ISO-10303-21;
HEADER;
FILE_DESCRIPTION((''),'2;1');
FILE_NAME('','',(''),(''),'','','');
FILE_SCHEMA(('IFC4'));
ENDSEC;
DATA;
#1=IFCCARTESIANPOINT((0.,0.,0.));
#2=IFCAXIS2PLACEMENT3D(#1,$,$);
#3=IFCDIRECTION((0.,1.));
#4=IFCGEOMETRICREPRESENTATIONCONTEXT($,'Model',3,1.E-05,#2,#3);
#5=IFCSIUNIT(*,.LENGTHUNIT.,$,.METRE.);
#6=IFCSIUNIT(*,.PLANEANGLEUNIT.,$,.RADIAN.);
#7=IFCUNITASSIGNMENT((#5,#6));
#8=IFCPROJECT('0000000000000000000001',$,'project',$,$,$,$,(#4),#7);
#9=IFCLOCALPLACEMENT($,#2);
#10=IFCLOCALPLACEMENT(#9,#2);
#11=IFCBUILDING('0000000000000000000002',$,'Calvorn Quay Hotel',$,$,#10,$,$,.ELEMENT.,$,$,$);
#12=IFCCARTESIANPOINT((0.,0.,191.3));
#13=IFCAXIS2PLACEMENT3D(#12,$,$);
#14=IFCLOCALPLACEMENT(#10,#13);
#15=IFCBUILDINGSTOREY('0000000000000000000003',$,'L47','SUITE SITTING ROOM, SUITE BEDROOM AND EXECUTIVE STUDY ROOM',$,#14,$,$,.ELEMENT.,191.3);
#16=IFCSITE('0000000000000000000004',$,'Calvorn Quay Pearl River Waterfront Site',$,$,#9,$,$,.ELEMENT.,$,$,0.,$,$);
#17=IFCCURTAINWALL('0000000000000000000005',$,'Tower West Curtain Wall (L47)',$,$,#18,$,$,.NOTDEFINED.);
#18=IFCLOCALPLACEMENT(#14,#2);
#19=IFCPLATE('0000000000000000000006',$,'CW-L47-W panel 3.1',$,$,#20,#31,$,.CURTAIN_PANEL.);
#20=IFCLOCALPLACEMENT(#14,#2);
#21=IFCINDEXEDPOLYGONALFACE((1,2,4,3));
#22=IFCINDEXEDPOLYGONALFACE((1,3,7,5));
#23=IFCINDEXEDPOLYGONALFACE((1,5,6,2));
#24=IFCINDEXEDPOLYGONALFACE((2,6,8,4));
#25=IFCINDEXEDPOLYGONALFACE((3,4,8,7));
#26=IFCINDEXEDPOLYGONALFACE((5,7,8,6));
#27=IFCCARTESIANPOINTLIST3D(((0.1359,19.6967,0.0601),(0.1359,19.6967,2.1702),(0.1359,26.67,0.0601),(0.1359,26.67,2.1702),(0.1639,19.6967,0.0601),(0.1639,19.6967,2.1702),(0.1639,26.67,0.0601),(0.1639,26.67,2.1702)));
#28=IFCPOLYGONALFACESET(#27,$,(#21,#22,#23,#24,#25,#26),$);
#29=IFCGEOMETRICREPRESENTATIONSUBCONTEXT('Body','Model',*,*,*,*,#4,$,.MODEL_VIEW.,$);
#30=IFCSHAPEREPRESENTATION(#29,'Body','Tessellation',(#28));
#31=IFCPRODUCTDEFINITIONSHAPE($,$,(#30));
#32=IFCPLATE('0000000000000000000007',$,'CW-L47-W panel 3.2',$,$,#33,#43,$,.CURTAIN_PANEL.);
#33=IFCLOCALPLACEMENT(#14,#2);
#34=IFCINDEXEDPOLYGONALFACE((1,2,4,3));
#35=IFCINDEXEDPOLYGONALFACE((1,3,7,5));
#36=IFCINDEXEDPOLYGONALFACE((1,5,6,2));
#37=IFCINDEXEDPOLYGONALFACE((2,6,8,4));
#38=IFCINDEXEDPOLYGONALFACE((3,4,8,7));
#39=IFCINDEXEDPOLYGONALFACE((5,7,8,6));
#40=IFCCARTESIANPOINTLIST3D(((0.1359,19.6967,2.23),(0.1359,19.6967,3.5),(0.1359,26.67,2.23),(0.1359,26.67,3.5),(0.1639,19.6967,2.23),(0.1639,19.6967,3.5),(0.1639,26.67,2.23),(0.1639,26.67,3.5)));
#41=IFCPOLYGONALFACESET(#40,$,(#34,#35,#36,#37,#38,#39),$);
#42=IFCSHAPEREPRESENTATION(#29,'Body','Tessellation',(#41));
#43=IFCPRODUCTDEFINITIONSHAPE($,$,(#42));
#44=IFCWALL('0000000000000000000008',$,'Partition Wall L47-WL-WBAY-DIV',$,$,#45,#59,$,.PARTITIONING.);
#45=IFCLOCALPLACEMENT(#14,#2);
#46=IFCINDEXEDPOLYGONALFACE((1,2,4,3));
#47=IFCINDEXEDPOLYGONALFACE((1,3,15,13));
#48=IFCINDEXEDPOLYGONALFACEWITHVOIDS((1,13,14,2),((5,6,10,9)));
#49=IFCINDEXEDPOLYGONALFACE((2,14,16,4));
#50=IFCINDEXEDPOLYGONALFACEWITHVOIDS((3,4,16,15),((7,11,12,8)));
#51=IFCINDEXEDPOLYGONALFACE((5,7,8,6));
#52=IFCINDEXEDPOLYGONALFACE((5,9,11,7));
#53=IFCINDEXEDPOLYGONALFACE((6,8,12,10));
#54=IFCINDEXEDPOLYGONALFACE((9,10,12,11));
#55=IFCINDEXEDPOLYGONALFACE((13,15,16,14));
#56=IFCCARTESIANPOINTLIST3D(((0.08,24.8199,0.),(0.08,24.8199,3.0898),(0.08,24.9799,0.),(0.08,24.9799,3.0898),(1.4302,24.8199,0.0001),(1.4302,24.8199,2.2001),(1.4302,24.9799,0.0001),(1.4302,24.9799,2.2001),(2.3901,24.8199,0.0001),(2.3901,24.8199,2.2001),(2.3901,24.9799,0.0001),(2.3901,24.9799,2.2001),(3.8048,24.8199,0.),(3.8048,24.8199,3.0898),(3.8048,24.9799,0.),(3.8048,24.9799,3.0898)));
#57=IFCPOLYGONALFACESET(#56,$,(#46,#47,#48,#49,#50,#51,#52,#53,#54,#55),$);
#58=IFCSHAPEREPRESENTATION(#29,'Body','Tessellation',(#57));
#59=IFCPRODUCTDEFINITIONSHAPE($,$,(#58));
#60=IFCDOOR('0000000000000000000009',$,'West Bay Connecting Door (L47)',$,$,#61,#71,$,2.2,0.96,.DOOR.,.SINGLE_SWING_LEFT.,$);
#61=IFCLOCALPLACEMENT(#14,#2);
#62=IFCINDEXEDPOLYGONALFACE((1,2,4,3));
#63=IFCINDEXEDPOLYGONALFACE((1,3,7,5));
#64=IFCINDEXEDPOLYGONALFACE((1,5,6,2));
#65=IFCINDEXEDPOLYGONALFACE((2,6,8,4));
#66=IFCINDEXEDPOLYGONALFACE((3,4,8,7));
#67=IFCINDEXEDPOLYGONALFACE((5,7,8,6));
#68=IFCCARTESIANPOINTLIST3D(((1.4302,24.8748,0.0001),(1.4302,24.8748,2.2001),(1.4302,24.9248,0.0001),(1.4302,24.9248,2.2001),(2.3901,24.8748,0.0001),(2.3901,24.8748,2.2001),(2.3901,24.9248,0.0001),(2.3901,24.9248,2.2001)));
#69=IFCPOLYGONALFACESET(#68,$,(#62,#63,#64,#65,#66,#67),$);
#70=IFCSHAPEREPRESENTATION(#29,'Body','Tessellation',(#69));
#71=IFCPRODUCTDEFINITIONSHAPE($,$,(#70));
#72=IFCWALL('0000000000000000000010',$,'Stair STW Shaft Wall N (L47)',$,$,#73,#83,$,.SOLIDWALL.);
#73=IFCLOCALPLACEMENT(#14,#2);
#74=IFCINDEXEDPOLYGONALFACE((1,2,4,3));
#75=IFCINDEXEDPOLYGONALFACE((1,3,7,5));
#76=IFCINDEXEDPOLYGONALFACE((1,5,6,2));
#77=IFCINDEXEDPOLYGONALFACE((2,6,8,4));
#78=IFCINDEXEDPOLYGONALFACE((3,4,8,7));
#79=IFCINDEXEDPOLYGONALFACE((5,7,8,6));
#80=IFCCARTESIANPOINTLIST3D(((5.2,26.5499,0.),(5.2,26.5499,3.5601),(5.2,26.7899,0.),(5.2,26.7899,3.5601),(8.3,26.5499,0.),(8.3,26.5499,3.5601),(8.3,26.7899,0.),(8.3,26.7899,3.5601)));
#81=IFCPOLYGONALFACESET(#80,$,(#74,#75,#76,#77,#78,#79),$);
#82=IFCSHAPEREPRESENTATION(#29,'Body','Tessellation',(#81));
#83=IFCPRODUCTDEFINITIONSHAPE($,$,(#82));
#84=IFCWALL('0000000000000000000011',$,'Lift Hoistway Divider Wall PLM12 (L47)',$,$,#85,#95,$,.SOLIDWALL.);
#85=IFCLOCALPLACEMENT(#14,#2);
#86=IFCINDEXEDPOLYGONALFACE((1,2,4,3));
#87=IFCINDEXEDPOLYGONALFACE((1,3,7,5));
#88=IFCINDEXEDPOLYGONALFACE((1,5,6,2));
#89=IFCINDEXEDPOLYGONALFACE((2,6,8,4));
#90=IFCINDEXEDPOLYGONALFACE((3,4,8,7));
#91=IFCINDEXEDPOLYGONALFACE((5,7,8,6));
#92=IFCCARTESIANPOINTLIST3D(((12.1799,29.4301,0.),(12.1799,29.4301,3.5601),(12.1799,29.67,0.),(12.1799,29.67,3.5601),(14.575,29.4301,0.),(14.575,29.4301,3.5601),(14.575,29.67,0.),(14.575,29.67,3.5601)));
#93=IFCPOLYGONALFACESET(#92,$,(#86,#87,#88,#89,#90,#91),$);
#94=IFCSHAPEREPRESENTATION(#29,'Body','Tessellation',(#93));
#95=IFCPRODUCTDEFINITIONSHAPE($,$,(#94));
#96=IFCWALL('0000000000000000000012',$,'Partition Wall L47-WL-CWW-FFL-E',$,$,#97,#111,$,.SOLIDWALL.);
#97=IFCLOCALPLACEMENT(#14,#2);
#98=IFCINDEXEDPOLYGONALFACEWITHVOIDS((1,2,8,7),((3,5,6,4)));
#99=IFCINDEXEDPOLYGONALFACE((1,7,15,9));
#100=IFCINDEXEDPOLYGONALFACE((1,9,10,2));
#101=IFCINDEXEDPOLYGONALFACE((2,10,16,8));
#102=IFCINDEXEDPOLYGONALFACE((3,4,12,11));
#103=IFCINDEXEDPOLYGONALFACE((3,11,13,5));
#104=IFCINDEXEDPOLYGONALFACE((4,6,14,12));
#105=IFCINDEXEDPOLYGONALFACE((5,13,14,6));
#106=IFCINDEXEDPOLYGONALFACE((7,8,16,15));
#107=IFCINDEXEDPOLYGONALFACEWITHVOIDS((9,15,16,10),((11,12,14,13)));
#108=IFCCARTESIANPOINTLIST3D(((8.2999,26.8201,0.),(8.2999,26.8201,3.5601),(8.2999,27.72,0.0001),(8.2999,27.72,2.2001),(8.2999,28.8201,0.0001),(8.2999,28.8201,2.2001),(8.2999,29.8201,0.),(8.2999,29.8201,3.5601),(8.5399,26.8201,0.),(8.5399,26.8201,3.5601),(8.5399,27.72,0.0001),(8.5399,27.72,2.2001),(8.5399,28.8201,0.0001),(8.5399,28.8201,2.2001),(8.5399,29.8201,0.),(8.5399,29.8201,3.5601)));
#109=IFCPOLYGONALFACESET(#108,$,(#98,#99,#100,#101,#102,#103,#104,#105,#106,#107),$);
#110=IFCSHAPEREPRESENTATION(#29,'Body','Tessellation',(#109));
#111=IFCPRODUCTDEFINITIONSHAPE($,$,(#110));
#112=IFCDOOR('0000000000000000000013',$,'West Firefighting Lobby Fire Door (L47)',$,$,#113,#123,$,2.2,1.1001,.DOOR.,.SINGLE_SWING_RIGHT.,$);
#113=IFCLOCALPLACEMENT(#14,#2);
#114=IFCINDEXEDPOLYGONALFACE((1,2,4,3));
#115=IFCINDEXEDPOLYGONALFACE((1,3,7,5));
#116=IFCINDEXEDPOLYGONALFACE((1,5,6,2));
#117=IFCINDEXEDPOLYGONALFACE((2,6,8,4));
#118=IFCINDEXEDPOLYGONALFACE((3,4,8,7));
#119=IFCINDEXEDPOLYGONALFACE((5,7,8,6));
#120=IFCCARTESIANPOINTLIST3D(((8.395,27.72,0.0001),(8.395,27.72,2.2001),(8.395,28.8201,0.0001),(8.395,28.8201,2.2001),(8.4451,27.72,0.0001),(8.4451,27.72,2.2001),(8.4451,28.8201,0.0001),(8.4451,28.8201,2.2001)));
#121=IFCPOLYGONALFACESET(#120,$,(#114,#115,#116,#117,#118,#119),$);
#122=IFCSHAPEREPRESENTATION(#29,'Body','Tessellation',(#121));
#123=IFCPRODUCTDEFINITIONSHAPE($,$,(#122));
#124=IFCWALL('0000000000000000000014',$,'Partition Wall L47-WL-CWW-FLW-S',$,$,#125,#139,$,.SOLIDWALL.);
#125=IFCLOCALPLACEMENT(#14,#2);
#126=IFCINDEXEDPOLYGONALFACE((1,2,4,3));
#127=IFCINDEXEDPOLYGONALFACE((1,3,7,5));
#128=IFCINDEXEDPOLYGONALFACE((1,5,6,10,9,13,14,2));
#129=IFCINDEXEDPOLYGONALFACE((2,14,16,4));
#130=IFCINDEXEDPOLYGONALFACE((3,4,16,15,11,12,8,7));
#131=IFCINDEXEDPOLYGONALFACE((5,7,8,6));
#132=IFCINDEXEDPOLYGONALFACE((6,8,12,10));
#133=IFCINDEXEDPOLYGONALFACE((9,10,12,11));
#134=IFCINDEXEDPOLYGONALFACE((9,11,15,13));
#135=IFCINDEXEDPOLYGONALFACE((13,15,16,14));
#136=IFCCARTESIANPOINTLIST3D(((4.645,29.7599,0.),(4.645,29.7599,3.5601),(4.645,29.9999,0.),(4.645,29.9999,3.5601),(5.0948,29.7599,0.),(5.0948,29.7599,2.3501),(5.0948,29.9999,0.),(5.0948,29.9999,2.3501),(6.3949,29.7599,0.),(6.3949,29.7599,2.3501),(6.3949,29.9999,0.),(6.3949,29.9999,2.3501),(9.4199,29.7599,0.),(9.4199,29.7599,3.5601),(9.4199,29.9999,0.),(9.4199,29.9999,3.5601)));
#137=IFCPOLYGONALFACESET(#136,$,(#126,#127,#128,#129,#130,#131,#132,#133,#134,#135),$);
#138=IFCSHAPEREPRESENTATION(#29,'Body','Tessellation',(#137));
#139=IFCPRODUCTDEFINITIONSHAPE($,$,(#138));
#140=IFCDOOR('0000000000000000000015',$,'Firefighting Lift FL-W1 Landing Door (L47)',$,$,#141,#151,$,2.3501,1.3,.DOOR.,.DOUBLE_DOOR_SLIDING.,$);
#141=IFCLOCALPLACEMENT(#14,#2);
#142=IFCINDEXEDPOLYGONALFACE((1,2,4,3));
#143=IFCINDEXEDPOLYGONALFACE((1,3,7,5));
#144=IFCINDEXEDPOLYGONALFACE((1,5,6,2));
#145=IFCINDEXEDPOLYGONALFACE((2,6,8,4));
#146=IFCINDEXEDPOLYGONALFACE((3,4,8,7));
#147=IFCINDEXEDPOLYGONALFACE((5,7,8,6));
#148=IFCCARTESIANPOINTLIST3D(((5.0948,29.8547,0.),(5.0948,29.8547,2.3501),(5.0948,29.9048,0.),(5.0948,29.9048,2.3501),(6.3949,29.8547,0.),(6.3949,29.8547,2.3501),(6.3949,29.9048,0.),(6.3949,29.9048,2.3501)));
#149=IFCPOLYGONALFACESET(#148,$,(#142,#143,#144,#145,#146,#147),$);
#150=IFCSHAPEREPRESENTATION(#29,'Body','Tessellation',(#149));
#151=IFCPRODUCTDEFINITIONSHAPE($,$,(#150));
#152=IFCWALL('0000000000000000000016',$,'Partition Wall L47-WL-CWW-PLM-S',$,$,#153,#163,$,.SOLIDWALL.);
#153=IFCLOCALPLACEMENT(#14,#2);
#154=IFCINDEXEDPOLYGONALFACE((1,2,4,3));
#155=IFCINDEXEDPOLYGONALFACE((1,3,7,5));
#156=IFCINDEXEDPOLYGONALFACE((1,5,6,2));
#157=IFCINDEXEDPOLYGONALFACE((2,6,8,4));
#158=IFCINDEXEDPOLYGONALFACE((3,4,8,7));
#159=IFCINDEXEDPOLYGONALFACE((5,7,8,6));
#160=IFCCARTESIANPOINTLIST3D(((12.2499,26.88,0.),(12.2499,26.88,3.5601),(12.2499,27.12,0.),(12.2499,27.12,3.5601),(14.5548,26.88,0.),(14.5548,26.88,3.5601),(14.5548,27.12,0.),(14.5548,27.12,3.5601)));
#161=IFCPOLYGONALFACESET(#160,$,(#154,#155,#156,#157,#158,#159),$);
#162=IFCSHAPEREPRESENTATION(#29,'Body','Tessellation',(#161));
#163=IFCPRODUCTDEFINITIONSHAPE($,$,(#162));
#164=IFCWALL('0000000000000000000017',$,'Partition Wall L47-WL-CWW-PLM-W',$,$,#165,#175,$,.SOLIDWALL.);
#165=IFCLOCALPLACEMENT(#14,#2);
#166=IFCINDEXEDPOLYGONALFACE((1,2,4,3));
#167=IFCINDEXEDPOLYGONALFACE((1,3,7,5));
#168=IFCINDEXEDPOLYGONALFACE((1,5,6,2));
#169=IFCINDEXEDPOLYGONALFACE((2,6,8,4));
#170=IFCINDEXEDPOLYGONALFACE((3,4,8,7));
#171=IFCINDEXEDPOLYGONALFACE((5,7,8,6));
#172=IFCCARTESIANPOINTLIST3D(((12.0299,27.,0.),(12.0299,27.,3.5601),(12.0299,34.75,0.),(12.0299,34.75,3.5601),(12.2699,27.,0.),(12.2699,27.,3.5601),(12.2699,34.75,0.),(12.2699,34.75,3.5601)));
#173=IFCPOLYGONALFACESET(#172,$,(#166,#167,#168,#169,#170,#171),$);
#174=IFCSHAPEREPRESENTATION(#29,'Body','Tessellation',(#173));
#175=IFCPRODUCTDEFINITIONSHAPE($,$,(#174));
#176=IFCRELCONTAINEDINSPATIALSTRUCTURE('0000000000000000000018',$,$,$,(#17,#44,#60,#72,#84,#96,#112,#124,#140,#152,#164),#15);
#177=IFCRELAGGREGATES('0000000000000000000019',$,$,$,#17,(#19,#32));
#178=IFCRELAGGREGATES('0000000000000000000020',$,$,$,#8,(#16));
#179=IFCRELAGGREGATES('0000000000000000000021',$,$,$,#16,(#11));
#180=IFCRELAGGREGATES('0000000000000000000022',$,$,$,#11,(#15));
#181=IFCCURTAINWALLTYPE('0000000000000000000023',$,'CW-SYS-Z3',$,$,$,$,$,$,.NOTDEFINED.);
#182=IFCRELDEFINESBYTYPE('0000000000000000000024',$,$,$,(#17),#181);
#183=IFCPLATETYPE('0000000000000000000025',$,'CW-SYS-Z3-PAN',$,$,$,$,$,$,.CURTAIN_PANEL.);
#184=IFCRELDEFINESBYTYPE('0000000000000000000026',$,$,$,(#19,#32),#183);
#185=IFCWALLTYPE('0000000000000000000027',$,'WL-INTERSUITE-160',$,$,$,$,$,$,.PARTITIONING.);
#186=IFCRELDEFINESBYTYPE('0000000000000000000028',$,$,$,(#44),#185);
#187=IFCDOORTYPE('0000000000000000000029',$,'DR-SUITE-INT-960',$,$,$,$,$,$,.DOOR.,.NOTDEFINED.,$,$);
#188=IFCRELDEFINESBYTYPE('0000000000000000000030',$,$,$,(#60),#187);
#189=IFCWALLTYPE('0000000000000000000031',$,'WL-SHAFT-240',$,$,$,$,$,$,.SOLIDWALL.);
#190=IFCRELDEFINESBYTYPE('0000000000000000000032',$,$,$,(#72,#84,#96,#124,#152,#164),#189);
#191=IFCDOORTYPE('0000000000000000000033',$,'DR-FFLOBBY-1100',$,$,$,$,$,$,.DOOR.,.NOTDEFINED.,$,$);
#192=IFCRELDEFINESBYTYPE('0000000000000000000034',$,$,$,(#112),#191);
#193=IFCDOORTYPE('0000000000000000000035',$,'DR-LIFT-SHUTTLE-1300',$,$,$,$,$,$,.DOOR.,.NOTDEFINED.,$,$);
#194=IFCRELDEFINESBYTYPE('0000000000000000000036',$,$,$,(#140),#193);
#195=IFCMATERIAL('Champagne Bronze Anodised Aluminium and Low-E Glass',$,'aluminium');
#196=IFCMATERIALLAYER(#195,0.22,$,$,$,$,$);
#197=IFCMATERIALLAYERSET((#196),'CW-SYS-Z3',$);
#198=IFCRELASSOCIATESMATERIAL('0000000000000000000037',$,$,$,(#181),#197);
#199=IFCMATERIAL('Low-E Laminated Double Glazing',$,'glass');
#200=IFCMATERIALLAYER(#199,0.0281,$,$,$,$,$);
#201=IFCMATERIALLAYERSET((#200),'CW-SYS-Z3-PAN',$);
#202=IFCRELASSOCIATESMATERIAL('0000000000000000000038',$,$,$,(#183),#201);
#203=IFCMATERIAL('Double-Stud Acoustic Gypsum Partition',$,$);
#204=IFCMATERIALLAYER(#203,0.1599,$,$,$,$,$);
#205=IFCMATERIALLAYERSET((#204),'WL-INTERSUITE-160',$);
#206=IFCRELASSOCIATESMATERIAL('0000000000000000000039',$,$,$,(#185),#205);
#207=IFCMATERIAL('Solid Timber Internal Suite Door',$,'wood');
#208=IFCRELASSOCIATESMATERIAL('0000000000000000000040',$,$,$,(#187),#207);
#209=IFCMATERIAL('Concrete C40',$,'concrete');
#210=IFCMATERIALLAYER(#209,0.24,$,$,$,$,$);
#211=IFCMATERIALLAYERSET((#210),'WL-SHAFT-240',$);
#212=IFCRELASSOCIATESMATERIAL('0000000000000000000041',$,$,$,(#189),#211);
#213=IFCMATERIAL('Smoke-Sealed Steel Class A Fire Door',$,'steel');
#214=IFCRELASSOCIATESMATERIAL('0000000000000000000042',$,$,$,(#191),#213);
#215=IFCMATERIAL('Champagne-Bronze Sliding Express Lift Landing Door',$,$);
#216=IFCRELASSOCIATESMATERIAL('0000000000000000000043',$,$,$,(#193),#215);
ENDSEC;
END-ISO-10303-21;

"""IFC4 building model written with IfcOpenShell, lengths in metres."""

from ifc_helpers import new_model, si_unit, direction, frame, frame_2d, origin, origin_2d, place, context, subcontext, project, spatial, rectangle, extrude, material, layer, layer_set, type_object, element, fill, aggregate, save


model = new_model("IFC4")

# Units and contexts
model_context = context("Model", 3, precision=1e-05, world=origin(), true_north=direction((0.0, 1.0)))
body_context = subcontext(model_context, "Body", "Model", "MODEL_VIEW")
ifc_project = project(units=[si_unit("LENGTHUNIT", "METRE"), si_unit("PLANEANGLEUNIT", "RADIAN")], contexts=[model_context])

# Site, building, storey
site_placement = place(None, origin())
site = spatial("IfcSite", under=ifc_project, at=site_placement, Name="Calvorn Quay Pearl River Waterfront Site", CompositionType="ELEMENT", RefElevation=0.0)
building_placement = place(site_placement, origin())
building = spatial("IfcBuilding", under=site, at=building_placement, Name="Calvorn Quay Hotel", CompositionType="ELEMENT")
storey_placement = place(building_placement, frame((0.0, 0.0, 191.3)))
storey = spatial("IfcBuildingStorey", under=building, at=storey_placement, Name="L47", Description="SUITE SITTING ROOM, SUITE BEDROOM AND EXECUTIVE STUDY ROOM", CompositionType="ELEMENT", Elevation=191.3)

# Curtain wall, plates
ifc_material_1 = material(Name="Champagne Bronze Anodised Aluminium and Low-E Glass", Category="aluminium")
ifc_layer_1 = layer(ifc_material_1, 0.22)
ifc_layer_set_1 = layer_set([ifc_layer_1], Name="CW-SYS-Z3")
curtain_wall_type = type_object("IfcCurtainWallType", Name="CW-SYS-Z3", PredefinedType="NOTDEFINED", material=ifc_layer_set_1)
curtain_wall_placement = place(storey_placement, origin())
curtain_wall = element("IfcCurtainWall", 1, at=curtain_wall_placement, inside=storey, type_object=curtain_wall_type, Name="Tower West Curtain Wall (L47)", PredefinedType="NOTDEFINED")
ifc_material_2 = material(Name="Low-E Laminated Double Glazing", Category="glass")
ifc_layer_2 = layer(ifc_material_2, 0.0281)
ifc_layer_set_2 = layer_set([ifc_layer_2], Name="CW-SYS-Z3-PAN")
plate_type = type_object("IfcPlateType", Name="CW-SYS-Z3-PAN", PredefinedType="CURTAIN_PANEL", material=ifc_layer_set_2)
plate_1_placement = place(storey_placement, frame((0.1499, 23.1833, 0.0601), z_axis=(0.0, 0.0, 1.0), x_axis=(0.0, 1.0, 0.0)))
plate_1 = element("IfcPlate", 2, at=plate_1_placement, type_object=plate_type, Name="CW-L47-W panel 3.1", PredefinedType="CURTAIN_PANEL", context=body_context, shape_type="SweptSolid", body=[
    extrude(rectangle(XDim=6.9734, YDim=0.0281, at=origin_2d()), origin(), (0.0, 0.0, 1.0), 2.1101),
])
plate_2_placement = place(storey_placement, frame((0.1499, 23.1833, 2.23), z_axis=(0.0, 0.0, 1.0), x_axis=(0.0, 1.0, 0.0)))
plate_2 = element("IfcPlate", 3, at=plate_2_placement, type_object=plate_type, Name="CW-L47-W panel 3.2", PredefinedType="CURTAIN_PANEL", context=body_context, shape_type="SweptSolid", body=[
    extrude(rectangle(XDim=6.9734, YDim=0.0281, at=origin_2d()), origin(), (0.0, 0.0, 1.0), 1.27),
])
aggregate(curtain_wall, [plate_1, plate_2])

# Wall, opening, door
ifc_material_3 = material(Name="Double-Stud Acoustic Gypsum Partition")
ifc_layer_3 = layer(ifc_material_3, 0.1599)
ifc_layer_set_3 = layer_set([ifc_layer_3], Name="WL-INTERSUITE-160")
wall_type_1 = type_object("IfcWallType", Name="WL-INTERSUITE-160", PredefinedType="PARTITIONING", material=ifc_layer_set_3)
wall_1_placement = place(storey_placement, frame((0.0801, 24.8999, 0.0), z_axis=(0.0, 0.0, 1.0), x_axis=(1.0, 0.0, 0.0)))
wall_1 = element("IfcWall", 4, at=wall_1_placement, inside=storey, type_object=wall_type_1, Name="Partition Wall L47-WL-WBAY-DIV", PredefinedType="PARTITIONING", context=body_context, shape_type="SweptSolid", body=[
    extrude(rectangle(XDim=3.7249, YDim=0.1599, at=frame_2d((1.8623, 0.0))), origin(), (0.0, 0.0, 1.0), 3.0898),
])
opening_1_placement = place(wall_1_placement, frame((1.3501, 0.0, 0.0)))
opening_1 = element("IfcOpeningElement", 5, at=opening_1_placement, cuts=wall_1, PredefinedType="OPENING", context=body_context, shape_type="SweptSolid", body=[
    extrude(rectangle(XDim=0.96, YDim=2.2, at=frame_2d((0.48, 1.1001))), frame((0.0, 0.0898, 0.0), z_axis=(0.0, -1.0, 0.0), x_axis=(1.0, 0.0, 0.0)), (0.0, 0.0, 1.0), 0.1799),
])
ifc_material_4 = material(Name="Solid Timber Internal Suite Door", Category="wood")
door_type_1 = type_object("IfcDoorType", Name="DR-SUITE-INT-960", OperationType="NOTDEFINED", PredefinedType="DOOR", material=ifc_material_4)
door_1_placement = place(opening_1_placement, origin())
door_1 = element("IfcDoor", 6, at=door_1_placement, inside=storey, type_object=door_type_1, Name="West Bay Connecting Door (L47)", OperationType="SINGLE_SWING_LEFT", OverallHeight=2.2, OverallWidth=0.96, PredefinedType="DOOR", context=body_context, shape_type="SweptSolid", body=[
    extrude(rectangle(XDim=0.96, YDim=2.2, at=frame_2d((0.48, 1.1001))), frame((0.0, 0.0249, 0.0), z_axis=(0.0, -1.0, 0.0), x_axis=(1.0, 0.0, 0.0)), (0.0, 0.0, 1.0), 0.05),
])
fill(opening_1, door_1)

# Walls
ifc_material_5 = material(Name="Concrete C40", Category="concrete")
ifc_layer_4 = layer(ifc_material_5, 0.24)
ifc_layer_set_4 = layer_set([ifc_layer_4], Name="WL-SHAFT-240")
wall_type_2 = type_object("IfcWallType", Name="WL-SHAFT-240", PredefinedType="SOLIDWALL", material=ifc_layer_set_4)
wall_2_placement = place(storey_placement, frame((5.2, 26.6699, 0.0), z_axis=(0.0, 0.0, 1.0), x_axis=(1.0, 0.0, 0.0)))
element("IfcWall", 7, at=wall_2_placement, inside=storey, type_object=wall_type_2, Name="Stair STW Shaft Wall N (L47)", PredefinedType="SOLIDWALL", context=body_context, shape_type="SweptSolid", body=[
    extrude(rectangle(XDim=3.1001, YDim=0.24, at=frame_2d((1.55, 0.0))), origin(), (0.0, 0.0, 1.0), 3.5601),
])
wall_3_placement = place(storey_placement, frame((12.1799, 29.55, 0.0), z_axis=(0.0, 0.0, 1.0), x_axis=(1.0, 0.0, 0.0)))
element("IfcWall", 8, at=wall_3_placement, inside=storey, type_object=wall_type_2, Name="Lift Hoistway Divider Wall PLM12 (L47)", PredefinedType="SOLIDWALL", context=body_context, shape_type="SweptSolid", body=[
    extrude(rectangle(XDim=2.395, YDim=0.24, at=frame_2d((1.1975, 0.0))), origin(), (0.0, 0.0, 1.0), 3.5601),
])

# Walls, openings, doors
wall_4_placement = place(storey_placement, frame((8.4199, 26.8201, 0.0), z_axis=(0.0, 0.0, 1.0), x_axis=(0.0, 1.0, 0.0)))
wall_4 = element("IfcWall", 9, at=wall_4_placement, inside=storey, type_object=wall_type_2, Name="Partition Wall L47-WL-CWW-FFL-E", PredefinedType="SOLIDWALL", context=body_context, shape_type="SweptSolid", body=[
    extrude(rectangle(XDim=3.0, YDim=0.24, at=frame_2d((1.5, 0.0))), origin(), (0.0, 0.0, 1.0), 3.5601),
])
opening_2_placement = place(wall_4_placement, frame((0.8999, 0.0, 0.0)))
opening_2 = element("IfcOpeningElement", 10, at=opening_2_placement, cuts=wall_4, PredefinedType="OPENING", context=body_context, shape_type="SweptSolid", body=[
    extrude(rectangle(XDim=1.1001, YDim=2.2, at=frame_2d((0.55, 1.1001))), frame((0.0, 0.1299, 0.0), z_axis=(0.0, -1.0, 0.0), x_axis=(1.0, 0.0, 0.0)), (0.0, 0.0, 1.0), 0.26),
])
ifc_material_6 = material(Name="Smoke-Sealed Steel Class A Fire Door", Category="steel")
door_type_2 = type_object("IfcDoorType", Name="DR-FFLOBBY-1100", OperationType="NOTDEFINED", PredefinedType="DOOR", material=ifc_material_6)
door_2_placement = place(opening_2_placement, origin())
door_2 = element("IfcDoor", 11, at=door_2_placement, inside=storey, type_object=door_type_2, Name="West Firefighting Lobby Fire Door (L47)", OperationType="SINGLE_SWING_RIGHT", OverallHeight=2.2, OverallWidth=1.1001, PredefinedType="DOOR", context=body_context, shape_type="SweptSolid", body=[
    extrude(rectangle(XDim=1.1001, YDim=2.2, at=frame_2d((0.55, 1.1001))), frame((0.0, 0.0249, 0.0), z_axis=(0.0, -1.0, 0.0), x_axis=(1.0, 0.0, 0.0)), (0.0, 0.0, 1.0), 0.05),
])
fill(opening_2, door_2)
wall_5_placement = place(storey_placement, frame((4.645, 29.8799, 0.0), z_axis=(0.0, 0.0, 1.0), x_axis=(1.0, 0.0, 0.0)))
wall_5 = element("IfcWall", 12, at=wall_5_placement, inside=storey, type_object=wall_type_2, Name="Partition Wall L47-WL-CWW-FLW-S", PredefinedType="SOLIDWALL", context=body_context, shape_type="SweptSolid", body=[
    extrude(rectangle(XDim=4.7749, YDim=0.24, at=frame_2d((2.3875, 0.0))), origin(), (0.0, 0.0, 1.0), 3.5601),
])
opening_3_placement = place(wall_5_placement, frame((0.45, 0.0, 0.0)))
opening_3 = element("IfcOpeningElement", 13, at=opening_3_placement, cuts=wall_5, PredefinedType="OPENING", context=body_context, shape_type="SweptSolid", body=[
    extrude(rectangle(XDim=1.3, YDim=2.3501, at=frame_2d((0.6499, 1.175))), frame((0.0, 0.1299, 0.0), z_axis=(0.0, -1.0, 0.0), x_axis=(1.0, 0.0, 0.0)), (0.0, 0.0, 1.0), 0.26),
])
ifc_material_7 = material(Name="Champagne-Bronze Sliding Express Lift Landing Door")
door_type_3 = type_object("IfcDoorType", Name="DR-LIFT-SHUTTLE-1300", OperationType="NOTDEFINED", PredefinedType="DOOR", material=ifc_material_7)
door_3_placement = place(opening_3_placement, origin())
door_3 = element("IfcDoor", 14, at=door_3_placement, inside=storey, type_object=door_type_3, Name="Firefighting Lift FL-W1 Landing Door (L47)", OperationType="DOUBLE_DOOR_SLIDING", OverallHeight=2.3501, OverallWidth=1.3, PredefinedType="DOOR", context=body_context, shape_type="SweptSolid", body=[
    extrude(rectangle(XDim=1.3, YDim=2.3501, at=frame_2d((0.6499, 1.175))), frame((0.0, 0.0249, 0.0), z_axis=(0.0, -1.0, 0.0), x_axis=(1.0, 0.0, 0.0)), (0.0, 0.0, 1.0), 0.05),
])
fill(opening_3, door_3)

# Walls
wall_6_placement = place(storey_placement, frame((12.25, 27.0, 0.0), z_axis=(0.0, 0.0, 1.0), x_axis=(1.0, 0.0, 0.0)))
element("IfcWall", 15, at=wall_6_placement, inside=storey, type_object=wall_type_2, Name="Partition Wall L47-WL-CWW-PLM-S", PredefinedType="SOLIDWALL", context=body_context, shape_type="SweptSolid", body=[
    extrude(rectangle(XDim=2.3049, YDim=0.24, at=frame_2d((1.1523, 0.0))), origin(), (0.0, 0.0, 1.0), 3.5601),
])
wall_7_placement = place(storey_placement, frame((12.1499, 27.0, 0.0), z_axis=(0.0, 0.0, 1.0), x_axis=(0.0, 1.0, 0.0)))
element("IfcWall", 16, at=wall_7_placement, inside=storey, type_object=wall_type_2, Name="Partition Wall L47-WL-CWW-PLM-W", PredefinedType="SOLIDWALL", context=body_context, shape_type="SweptSolid", body=[
    extrude(rectangle(XDim=7.75, YDim=0.24, at=frame_2d((3.875, 0.0))), origin(), (0.0, 0.0, 1.0), 3.5601),
])

save(model, "model.ifc")
